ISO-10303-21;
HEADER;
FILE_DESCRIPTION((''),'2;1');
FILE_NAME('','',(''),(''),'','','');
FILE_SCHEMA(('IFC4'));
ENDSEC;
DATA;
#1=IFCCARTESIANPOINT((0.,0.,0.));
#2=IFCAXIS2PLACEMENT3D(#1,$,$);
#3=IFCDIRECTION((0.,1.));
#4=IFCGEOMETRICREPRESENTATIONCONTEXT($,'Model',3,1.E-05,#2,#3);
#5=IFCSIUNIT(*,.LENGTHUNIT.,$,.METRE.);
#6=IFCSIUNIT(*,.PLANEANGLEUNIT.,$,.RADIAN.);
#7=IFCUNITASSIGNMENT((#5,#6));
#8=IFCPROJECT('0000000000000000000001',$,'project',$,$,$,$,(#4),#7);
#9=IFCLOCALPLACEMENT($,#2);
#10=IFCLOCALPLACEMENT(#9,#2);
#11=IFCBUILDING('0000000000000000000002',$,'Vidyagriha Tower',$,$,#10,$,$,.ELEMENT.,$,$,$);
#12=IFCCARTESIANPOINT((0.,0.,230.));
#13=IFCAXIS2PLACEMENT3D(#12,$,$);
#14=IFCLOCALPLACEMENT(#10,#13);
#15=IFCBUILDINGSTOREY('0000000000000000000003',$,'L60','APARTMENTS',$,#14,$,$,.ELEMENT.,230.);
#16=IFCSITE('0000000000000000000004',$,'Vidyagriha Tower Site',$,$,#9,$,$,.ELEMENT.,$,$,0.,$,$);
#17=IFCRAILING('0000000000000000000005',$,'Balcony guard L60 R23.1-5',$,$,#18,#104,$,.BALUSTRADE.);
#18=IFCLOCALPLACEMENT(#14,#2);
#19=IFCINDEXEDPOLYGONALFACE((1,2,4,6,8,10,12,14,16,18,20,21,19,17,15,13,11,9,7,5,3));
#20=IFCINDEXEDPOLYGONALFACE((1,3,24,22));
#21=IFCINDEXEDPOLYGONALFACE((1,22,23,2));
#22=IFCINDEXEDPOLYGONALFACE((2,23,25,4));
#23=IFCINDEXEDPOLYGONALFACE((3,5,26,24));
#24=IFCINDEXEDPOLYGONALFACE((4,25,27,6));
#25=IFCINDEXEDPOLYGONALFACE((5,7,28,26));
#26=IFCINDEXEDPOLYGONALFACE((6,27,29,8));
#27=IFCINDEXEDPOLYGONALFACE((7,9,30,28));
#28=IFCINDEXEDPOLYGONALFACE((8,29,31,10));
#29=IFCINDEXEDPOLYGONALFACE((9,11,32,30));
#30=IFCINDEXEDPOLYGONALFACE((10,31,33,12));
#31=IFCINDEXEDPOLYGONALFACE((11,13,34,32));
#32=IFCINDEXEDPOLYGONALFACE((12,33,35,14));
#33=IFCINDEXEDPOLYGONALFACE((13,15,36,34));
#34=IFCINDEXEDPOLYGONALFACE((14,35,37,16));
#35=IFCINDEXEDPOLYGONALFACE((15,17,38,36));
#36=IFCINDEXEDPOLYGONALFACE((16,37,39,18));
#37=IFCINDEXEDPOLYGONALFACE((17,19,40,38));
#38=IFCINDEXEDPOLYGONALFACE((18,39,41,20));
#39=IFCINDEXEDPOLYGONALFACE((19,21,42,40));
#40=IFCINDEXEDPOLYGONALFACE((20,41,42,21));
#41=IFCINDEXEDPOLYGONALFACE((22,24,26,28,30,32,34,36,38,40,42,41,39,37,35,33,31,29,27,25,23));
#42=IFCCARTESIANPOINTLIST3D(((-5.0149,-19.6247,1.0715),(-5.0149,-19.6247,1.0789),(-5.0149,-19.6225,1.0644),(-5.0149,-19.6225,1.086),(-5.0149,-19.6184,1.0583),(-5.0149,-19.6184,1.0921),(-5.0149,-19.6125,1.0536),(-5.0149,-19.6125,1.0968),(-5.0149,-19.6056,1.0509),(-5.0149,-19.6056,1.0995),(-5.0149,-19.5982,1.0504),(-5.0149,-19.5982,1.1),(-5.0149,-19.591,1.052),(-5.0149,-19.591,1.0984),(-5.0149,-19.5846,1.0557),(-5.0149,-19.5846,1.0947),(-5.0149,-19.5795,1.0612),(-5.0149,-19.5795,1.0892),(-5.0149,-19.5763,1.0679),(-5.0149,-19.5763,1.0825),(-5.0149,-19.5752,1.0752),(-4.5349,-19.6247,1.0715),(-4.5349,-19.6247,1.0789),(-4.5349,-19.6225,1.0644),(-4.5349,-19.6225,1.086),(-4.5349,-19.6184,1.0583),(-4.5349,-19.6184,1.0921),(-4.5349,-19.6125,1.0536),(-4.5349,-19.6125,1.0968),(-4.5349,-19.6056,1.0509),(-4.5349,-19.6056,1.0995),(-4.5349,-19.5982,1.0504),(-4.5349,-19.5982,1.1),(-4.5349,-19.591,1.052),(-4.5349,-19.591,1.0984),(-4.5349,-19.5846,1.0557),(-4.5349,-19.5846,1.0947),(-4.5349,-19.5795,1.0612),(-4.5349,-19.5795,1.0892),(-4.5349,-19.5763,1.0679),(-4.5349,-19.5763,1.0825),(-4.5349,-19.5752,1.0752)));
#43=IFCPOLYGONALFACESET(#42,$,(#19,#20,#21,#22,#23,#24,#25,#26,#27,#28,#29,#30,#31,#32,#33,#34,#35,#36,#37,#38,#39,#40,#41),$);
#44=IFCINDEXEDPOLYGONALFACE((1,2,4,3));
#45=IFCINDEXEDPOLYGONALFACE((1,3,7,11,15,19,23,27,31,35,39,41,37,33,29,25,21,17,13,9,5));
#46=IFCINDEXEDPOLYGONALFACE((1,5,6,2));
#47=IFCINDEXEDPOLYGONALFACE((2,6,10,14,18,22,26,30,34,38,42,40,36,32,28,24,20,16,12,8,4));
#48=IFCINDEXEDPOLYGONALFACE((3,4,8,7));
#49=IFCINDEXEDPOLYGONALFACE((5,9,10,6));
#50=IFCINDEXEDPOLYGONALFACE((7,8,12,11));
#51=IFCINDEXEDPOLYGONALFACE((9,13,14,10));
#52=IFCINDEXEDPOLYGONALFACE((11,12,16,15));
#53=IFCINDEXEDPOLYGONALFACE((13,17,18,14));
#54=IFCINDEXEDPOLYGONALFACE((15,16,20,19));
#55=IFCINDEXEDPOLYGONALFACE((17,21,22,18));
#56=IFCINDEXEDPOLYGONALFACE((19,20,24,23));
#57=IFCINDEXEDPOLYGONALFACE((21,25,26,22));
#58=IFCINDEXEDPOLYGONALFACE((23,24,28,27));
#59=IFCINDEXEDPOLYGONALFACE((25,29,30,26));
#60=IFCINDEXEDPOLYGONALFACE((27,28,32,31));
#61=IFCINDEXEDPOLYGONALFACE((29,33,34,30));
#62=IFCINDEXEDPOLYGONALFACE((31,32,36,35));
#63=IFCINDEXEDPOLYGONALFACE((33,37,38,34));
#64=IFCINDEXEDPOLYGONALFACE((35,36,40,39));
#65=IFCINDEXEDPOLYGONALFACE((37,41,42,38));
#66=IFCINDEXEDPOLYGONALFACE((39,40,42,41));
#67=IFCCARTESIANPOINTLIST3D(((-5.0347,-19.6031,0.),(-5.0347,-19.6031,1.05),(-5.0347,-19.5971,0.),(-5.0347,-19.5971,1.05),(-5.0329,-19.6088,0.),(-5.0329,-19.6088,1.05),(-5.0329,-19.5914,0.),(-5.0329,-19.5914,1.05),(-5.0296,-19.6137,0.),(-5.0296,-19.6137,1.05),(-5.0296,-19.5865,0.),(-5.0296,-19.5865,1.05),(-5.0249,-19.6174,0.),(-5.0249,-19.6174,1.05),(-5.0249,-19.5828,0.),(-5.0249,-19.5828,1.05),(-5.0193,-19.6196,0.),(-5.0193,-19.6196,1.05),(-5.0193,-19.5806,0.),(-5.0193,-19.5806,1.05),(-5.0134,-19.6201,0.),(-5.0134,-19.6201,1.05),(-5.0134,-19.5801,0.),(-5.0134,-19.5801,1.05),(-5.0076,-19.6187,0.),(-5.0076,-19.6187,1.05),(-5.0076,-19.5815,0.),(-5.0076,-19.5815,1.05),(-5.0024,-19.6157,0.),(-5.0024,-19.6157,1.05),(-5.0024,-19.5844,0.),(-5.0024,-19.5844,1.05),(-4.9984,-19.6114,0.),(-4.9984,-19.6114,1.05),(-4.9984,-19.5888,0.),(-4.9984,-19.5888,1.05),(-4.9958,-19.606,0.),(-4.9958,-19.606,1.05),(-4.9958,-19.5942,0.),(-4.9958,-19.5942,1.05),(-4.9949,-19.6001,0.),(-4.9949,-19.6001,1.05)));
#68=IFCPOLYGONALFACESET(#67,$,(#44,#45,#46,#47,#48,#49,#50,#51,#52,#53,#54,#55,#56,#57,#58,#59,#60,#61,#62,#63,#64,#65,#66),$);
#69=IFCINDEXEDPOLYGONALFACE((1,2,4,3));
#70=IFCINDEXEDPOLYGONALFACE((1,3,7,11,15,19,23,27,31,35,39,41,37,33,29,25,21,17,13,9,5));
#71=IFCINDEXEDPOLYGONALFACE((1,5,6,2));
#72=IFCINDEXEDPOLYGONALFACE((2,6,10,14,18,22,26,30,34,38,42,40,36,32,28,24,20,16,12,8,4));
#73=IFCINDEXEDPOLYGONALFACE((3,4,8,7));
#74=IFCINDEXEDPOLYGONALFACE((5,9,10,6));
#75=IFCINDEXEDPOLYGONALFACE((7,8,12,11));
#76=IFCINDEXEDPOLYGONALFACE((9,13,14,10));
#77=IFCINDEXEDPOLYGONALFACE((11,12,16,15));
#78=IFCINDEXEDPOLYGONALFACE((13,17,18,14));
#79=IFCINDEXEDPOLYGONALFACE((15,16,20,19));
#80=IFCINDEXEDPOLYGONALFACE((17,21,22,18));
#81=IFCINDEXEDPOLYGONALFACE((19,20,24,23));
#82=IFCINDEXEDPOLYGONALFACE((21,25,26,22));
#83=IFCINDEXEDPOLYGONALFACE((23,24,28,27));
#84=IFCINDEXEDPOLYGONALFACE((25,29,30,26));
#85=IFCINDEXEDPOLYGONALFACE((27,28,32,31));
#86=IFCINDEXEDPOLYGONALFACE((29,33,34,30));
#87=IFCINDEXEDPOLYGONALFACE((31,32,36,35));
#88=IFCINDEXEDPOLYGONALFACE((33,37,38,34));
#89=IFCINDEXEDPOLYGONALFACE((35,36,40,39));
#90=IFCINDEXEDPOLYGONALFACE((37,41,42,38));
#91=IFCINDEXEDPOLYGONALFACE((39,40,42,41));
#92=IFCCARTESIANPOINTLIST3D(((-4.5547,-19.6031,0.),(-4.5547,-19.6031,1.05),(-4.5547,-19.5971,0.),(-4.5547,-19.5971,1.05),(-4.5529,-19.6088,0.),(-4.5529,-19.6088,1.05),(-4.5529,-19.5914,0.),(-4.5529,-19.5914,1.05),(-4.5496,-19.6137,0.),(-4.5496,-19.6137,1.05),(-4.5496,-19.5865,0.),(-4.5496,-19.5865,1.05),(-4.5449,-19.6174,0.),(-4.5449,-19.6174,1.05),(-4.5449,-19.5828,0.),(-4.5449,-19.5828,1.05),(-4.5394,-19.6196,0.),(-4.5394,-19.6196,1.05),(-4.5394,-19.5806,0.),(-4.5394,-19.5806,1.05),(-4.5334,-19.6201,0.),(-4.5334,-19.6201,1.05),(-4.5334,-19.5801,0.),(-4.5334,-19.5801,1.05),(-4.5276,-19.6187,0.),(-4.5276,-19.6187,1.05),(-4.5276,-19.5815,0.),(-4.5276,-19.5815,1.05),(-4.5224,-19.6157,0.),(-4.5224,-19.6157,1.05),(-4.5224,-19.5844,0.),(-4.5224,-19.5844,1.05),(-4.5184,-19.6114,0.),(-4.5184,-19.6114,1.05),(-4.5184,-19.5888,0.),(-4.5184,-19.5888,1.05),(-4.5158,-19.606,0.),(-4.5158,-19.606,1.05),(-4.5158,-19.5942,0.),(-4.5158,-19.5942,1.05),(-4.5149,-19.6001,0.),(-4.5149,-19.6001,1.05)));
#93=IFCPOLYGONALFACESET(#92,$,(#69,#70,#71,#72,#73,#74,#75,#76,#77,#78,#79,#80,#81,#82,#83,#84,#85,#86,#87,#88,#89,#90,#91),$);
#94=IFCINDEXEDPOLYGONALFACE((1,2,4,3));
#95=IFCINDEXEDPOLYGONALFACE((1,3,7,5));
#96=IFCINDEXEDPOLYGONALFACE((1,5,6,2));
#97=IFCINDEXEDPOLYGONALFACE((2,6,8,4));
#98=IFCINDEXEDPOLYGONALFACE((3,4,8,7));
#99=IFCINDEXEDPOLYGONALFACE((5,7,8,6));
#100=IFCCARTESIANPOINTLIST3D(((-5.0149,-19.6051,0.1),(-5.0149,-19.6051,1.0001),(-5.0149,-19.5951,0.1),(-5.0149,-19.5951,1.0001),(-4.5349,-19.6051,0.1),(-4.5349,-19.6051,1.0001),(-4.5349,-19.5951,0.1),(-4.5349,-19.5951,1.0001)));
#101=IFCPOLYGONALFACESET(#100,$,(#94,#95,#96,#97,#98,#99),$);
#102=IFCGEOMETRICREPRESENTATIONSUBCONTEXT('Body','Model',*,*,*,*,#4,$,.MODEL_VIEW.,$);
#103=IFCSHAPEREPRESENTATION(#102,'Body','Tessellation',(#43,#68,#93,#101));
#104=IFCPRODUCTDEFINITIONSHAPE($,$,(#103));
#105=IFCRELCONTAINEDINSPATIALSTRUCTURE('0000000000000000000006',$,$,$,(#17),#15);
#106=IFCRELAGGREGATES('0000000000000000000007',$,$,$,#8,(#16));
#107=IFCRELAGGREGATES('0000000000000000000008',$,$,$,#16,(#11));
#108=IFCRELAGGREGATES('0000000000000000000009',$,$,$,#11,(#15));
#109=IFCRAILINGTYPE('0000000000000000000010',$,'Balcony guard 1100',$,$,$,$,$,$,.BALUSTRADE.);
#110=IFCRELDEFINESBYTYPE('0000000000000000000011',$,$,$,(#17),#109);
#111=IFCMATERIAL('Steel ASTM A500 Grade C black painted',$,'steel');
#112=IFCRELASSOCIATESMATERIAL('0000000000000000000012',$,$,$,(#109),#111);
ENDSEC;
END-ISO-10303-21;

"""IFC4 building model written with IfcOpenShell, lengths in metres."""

from ifc_helpers import new_model, si_unit, direction, frame, origin, origin_2d, place, context, subcontext, project, spatial, rectangle, circle, extrude, material, type_object, element, save


model = new_model("IFC4")

# Units and contexts
model_context = context("Model", 3, precision=1e-05, world=origin(), true_north=direction((0.0, 1.0)))
body_context = subcontext(model_context, "Body", "Model", "MODEL_VIEW")
ifc_project = project(units=[si_unit("LENGTHUNIT", "METRE"), si_unit("PLANEANGLEUNIT", "RADIAN")], contexts=[model_context])

# Site, building, storey
site_placement = place(None, origin())
site = spatial("IfcSite", under=ifc_project, at=site_placement, Name="Vidyagriha Tower Site", CompositionType="ELEMENT", RefElevation=0.0)
building_placement = place(site_placement, origin())
building = spatial("IfcBuilding", under=site, at=building_placement, Name="Vidyagriha Tower", CompositionType="ELEMENT")
storey_placement = place(building_placement, frame((0.0, 0.0, 230.0)))
storey = spatial("IfcBuildingStorey", under=building, at=storey_placement, Name="L60", Description="APARTMENTS", CompositionType="ELEMENT", Elevation=230.0)

# Railing
ifc_material_1 = material(Name="Steel ASTM A500 Grade C black painted", Category="steel")
railing_type = type_object("IfcRailingType", Name="Balcony guard 1100", PredefinedType="BALUSTRADE", material=ifc_material_1)
railing_1_placement = place(storey_placement, frame((-5.0149, -19.6001, 0.0)))
element("IfcRailing", 1, at=railing_1_placement, inside=storey, type_object=railing_type, Name="Balcony guard L60 R23.1-5", PredefinedType="BALUSTRADE", context=body_context, shape_type="SweptSolid", body=[
    extrude(circle(Radius=0.0249, at=origin_2d()), frame((0.0, 0.0, 1.0752), z_axis=(1.0, 0.0, 0.0), x_axis=(0.0, 1.0, 0.0)), (0.0, 0.0, 1.0), 0.48),
    extrude(circle(Radius=0.02, at=origin_2d()), origin(), (0.0, 0.0, 1.0), 1.05),
    extrude(circle(Radius=0.02, at=origin_2d()), frame((0.48, 0.0, 0.0)), (0.0, 0.0, 1.0), 1.05),
    extrude(rectangle(XDim=0.01, YDim=0.9001, at=origin_2d()), frame((0.0, 0.0, 0.55), z_axis=(1.0, 0.0, 0.0), x_axis=(0.0, 1.0, 0.0)), (0.0, 0.0, 1.0), 0.48),
])

save(model, "model.ifc")
